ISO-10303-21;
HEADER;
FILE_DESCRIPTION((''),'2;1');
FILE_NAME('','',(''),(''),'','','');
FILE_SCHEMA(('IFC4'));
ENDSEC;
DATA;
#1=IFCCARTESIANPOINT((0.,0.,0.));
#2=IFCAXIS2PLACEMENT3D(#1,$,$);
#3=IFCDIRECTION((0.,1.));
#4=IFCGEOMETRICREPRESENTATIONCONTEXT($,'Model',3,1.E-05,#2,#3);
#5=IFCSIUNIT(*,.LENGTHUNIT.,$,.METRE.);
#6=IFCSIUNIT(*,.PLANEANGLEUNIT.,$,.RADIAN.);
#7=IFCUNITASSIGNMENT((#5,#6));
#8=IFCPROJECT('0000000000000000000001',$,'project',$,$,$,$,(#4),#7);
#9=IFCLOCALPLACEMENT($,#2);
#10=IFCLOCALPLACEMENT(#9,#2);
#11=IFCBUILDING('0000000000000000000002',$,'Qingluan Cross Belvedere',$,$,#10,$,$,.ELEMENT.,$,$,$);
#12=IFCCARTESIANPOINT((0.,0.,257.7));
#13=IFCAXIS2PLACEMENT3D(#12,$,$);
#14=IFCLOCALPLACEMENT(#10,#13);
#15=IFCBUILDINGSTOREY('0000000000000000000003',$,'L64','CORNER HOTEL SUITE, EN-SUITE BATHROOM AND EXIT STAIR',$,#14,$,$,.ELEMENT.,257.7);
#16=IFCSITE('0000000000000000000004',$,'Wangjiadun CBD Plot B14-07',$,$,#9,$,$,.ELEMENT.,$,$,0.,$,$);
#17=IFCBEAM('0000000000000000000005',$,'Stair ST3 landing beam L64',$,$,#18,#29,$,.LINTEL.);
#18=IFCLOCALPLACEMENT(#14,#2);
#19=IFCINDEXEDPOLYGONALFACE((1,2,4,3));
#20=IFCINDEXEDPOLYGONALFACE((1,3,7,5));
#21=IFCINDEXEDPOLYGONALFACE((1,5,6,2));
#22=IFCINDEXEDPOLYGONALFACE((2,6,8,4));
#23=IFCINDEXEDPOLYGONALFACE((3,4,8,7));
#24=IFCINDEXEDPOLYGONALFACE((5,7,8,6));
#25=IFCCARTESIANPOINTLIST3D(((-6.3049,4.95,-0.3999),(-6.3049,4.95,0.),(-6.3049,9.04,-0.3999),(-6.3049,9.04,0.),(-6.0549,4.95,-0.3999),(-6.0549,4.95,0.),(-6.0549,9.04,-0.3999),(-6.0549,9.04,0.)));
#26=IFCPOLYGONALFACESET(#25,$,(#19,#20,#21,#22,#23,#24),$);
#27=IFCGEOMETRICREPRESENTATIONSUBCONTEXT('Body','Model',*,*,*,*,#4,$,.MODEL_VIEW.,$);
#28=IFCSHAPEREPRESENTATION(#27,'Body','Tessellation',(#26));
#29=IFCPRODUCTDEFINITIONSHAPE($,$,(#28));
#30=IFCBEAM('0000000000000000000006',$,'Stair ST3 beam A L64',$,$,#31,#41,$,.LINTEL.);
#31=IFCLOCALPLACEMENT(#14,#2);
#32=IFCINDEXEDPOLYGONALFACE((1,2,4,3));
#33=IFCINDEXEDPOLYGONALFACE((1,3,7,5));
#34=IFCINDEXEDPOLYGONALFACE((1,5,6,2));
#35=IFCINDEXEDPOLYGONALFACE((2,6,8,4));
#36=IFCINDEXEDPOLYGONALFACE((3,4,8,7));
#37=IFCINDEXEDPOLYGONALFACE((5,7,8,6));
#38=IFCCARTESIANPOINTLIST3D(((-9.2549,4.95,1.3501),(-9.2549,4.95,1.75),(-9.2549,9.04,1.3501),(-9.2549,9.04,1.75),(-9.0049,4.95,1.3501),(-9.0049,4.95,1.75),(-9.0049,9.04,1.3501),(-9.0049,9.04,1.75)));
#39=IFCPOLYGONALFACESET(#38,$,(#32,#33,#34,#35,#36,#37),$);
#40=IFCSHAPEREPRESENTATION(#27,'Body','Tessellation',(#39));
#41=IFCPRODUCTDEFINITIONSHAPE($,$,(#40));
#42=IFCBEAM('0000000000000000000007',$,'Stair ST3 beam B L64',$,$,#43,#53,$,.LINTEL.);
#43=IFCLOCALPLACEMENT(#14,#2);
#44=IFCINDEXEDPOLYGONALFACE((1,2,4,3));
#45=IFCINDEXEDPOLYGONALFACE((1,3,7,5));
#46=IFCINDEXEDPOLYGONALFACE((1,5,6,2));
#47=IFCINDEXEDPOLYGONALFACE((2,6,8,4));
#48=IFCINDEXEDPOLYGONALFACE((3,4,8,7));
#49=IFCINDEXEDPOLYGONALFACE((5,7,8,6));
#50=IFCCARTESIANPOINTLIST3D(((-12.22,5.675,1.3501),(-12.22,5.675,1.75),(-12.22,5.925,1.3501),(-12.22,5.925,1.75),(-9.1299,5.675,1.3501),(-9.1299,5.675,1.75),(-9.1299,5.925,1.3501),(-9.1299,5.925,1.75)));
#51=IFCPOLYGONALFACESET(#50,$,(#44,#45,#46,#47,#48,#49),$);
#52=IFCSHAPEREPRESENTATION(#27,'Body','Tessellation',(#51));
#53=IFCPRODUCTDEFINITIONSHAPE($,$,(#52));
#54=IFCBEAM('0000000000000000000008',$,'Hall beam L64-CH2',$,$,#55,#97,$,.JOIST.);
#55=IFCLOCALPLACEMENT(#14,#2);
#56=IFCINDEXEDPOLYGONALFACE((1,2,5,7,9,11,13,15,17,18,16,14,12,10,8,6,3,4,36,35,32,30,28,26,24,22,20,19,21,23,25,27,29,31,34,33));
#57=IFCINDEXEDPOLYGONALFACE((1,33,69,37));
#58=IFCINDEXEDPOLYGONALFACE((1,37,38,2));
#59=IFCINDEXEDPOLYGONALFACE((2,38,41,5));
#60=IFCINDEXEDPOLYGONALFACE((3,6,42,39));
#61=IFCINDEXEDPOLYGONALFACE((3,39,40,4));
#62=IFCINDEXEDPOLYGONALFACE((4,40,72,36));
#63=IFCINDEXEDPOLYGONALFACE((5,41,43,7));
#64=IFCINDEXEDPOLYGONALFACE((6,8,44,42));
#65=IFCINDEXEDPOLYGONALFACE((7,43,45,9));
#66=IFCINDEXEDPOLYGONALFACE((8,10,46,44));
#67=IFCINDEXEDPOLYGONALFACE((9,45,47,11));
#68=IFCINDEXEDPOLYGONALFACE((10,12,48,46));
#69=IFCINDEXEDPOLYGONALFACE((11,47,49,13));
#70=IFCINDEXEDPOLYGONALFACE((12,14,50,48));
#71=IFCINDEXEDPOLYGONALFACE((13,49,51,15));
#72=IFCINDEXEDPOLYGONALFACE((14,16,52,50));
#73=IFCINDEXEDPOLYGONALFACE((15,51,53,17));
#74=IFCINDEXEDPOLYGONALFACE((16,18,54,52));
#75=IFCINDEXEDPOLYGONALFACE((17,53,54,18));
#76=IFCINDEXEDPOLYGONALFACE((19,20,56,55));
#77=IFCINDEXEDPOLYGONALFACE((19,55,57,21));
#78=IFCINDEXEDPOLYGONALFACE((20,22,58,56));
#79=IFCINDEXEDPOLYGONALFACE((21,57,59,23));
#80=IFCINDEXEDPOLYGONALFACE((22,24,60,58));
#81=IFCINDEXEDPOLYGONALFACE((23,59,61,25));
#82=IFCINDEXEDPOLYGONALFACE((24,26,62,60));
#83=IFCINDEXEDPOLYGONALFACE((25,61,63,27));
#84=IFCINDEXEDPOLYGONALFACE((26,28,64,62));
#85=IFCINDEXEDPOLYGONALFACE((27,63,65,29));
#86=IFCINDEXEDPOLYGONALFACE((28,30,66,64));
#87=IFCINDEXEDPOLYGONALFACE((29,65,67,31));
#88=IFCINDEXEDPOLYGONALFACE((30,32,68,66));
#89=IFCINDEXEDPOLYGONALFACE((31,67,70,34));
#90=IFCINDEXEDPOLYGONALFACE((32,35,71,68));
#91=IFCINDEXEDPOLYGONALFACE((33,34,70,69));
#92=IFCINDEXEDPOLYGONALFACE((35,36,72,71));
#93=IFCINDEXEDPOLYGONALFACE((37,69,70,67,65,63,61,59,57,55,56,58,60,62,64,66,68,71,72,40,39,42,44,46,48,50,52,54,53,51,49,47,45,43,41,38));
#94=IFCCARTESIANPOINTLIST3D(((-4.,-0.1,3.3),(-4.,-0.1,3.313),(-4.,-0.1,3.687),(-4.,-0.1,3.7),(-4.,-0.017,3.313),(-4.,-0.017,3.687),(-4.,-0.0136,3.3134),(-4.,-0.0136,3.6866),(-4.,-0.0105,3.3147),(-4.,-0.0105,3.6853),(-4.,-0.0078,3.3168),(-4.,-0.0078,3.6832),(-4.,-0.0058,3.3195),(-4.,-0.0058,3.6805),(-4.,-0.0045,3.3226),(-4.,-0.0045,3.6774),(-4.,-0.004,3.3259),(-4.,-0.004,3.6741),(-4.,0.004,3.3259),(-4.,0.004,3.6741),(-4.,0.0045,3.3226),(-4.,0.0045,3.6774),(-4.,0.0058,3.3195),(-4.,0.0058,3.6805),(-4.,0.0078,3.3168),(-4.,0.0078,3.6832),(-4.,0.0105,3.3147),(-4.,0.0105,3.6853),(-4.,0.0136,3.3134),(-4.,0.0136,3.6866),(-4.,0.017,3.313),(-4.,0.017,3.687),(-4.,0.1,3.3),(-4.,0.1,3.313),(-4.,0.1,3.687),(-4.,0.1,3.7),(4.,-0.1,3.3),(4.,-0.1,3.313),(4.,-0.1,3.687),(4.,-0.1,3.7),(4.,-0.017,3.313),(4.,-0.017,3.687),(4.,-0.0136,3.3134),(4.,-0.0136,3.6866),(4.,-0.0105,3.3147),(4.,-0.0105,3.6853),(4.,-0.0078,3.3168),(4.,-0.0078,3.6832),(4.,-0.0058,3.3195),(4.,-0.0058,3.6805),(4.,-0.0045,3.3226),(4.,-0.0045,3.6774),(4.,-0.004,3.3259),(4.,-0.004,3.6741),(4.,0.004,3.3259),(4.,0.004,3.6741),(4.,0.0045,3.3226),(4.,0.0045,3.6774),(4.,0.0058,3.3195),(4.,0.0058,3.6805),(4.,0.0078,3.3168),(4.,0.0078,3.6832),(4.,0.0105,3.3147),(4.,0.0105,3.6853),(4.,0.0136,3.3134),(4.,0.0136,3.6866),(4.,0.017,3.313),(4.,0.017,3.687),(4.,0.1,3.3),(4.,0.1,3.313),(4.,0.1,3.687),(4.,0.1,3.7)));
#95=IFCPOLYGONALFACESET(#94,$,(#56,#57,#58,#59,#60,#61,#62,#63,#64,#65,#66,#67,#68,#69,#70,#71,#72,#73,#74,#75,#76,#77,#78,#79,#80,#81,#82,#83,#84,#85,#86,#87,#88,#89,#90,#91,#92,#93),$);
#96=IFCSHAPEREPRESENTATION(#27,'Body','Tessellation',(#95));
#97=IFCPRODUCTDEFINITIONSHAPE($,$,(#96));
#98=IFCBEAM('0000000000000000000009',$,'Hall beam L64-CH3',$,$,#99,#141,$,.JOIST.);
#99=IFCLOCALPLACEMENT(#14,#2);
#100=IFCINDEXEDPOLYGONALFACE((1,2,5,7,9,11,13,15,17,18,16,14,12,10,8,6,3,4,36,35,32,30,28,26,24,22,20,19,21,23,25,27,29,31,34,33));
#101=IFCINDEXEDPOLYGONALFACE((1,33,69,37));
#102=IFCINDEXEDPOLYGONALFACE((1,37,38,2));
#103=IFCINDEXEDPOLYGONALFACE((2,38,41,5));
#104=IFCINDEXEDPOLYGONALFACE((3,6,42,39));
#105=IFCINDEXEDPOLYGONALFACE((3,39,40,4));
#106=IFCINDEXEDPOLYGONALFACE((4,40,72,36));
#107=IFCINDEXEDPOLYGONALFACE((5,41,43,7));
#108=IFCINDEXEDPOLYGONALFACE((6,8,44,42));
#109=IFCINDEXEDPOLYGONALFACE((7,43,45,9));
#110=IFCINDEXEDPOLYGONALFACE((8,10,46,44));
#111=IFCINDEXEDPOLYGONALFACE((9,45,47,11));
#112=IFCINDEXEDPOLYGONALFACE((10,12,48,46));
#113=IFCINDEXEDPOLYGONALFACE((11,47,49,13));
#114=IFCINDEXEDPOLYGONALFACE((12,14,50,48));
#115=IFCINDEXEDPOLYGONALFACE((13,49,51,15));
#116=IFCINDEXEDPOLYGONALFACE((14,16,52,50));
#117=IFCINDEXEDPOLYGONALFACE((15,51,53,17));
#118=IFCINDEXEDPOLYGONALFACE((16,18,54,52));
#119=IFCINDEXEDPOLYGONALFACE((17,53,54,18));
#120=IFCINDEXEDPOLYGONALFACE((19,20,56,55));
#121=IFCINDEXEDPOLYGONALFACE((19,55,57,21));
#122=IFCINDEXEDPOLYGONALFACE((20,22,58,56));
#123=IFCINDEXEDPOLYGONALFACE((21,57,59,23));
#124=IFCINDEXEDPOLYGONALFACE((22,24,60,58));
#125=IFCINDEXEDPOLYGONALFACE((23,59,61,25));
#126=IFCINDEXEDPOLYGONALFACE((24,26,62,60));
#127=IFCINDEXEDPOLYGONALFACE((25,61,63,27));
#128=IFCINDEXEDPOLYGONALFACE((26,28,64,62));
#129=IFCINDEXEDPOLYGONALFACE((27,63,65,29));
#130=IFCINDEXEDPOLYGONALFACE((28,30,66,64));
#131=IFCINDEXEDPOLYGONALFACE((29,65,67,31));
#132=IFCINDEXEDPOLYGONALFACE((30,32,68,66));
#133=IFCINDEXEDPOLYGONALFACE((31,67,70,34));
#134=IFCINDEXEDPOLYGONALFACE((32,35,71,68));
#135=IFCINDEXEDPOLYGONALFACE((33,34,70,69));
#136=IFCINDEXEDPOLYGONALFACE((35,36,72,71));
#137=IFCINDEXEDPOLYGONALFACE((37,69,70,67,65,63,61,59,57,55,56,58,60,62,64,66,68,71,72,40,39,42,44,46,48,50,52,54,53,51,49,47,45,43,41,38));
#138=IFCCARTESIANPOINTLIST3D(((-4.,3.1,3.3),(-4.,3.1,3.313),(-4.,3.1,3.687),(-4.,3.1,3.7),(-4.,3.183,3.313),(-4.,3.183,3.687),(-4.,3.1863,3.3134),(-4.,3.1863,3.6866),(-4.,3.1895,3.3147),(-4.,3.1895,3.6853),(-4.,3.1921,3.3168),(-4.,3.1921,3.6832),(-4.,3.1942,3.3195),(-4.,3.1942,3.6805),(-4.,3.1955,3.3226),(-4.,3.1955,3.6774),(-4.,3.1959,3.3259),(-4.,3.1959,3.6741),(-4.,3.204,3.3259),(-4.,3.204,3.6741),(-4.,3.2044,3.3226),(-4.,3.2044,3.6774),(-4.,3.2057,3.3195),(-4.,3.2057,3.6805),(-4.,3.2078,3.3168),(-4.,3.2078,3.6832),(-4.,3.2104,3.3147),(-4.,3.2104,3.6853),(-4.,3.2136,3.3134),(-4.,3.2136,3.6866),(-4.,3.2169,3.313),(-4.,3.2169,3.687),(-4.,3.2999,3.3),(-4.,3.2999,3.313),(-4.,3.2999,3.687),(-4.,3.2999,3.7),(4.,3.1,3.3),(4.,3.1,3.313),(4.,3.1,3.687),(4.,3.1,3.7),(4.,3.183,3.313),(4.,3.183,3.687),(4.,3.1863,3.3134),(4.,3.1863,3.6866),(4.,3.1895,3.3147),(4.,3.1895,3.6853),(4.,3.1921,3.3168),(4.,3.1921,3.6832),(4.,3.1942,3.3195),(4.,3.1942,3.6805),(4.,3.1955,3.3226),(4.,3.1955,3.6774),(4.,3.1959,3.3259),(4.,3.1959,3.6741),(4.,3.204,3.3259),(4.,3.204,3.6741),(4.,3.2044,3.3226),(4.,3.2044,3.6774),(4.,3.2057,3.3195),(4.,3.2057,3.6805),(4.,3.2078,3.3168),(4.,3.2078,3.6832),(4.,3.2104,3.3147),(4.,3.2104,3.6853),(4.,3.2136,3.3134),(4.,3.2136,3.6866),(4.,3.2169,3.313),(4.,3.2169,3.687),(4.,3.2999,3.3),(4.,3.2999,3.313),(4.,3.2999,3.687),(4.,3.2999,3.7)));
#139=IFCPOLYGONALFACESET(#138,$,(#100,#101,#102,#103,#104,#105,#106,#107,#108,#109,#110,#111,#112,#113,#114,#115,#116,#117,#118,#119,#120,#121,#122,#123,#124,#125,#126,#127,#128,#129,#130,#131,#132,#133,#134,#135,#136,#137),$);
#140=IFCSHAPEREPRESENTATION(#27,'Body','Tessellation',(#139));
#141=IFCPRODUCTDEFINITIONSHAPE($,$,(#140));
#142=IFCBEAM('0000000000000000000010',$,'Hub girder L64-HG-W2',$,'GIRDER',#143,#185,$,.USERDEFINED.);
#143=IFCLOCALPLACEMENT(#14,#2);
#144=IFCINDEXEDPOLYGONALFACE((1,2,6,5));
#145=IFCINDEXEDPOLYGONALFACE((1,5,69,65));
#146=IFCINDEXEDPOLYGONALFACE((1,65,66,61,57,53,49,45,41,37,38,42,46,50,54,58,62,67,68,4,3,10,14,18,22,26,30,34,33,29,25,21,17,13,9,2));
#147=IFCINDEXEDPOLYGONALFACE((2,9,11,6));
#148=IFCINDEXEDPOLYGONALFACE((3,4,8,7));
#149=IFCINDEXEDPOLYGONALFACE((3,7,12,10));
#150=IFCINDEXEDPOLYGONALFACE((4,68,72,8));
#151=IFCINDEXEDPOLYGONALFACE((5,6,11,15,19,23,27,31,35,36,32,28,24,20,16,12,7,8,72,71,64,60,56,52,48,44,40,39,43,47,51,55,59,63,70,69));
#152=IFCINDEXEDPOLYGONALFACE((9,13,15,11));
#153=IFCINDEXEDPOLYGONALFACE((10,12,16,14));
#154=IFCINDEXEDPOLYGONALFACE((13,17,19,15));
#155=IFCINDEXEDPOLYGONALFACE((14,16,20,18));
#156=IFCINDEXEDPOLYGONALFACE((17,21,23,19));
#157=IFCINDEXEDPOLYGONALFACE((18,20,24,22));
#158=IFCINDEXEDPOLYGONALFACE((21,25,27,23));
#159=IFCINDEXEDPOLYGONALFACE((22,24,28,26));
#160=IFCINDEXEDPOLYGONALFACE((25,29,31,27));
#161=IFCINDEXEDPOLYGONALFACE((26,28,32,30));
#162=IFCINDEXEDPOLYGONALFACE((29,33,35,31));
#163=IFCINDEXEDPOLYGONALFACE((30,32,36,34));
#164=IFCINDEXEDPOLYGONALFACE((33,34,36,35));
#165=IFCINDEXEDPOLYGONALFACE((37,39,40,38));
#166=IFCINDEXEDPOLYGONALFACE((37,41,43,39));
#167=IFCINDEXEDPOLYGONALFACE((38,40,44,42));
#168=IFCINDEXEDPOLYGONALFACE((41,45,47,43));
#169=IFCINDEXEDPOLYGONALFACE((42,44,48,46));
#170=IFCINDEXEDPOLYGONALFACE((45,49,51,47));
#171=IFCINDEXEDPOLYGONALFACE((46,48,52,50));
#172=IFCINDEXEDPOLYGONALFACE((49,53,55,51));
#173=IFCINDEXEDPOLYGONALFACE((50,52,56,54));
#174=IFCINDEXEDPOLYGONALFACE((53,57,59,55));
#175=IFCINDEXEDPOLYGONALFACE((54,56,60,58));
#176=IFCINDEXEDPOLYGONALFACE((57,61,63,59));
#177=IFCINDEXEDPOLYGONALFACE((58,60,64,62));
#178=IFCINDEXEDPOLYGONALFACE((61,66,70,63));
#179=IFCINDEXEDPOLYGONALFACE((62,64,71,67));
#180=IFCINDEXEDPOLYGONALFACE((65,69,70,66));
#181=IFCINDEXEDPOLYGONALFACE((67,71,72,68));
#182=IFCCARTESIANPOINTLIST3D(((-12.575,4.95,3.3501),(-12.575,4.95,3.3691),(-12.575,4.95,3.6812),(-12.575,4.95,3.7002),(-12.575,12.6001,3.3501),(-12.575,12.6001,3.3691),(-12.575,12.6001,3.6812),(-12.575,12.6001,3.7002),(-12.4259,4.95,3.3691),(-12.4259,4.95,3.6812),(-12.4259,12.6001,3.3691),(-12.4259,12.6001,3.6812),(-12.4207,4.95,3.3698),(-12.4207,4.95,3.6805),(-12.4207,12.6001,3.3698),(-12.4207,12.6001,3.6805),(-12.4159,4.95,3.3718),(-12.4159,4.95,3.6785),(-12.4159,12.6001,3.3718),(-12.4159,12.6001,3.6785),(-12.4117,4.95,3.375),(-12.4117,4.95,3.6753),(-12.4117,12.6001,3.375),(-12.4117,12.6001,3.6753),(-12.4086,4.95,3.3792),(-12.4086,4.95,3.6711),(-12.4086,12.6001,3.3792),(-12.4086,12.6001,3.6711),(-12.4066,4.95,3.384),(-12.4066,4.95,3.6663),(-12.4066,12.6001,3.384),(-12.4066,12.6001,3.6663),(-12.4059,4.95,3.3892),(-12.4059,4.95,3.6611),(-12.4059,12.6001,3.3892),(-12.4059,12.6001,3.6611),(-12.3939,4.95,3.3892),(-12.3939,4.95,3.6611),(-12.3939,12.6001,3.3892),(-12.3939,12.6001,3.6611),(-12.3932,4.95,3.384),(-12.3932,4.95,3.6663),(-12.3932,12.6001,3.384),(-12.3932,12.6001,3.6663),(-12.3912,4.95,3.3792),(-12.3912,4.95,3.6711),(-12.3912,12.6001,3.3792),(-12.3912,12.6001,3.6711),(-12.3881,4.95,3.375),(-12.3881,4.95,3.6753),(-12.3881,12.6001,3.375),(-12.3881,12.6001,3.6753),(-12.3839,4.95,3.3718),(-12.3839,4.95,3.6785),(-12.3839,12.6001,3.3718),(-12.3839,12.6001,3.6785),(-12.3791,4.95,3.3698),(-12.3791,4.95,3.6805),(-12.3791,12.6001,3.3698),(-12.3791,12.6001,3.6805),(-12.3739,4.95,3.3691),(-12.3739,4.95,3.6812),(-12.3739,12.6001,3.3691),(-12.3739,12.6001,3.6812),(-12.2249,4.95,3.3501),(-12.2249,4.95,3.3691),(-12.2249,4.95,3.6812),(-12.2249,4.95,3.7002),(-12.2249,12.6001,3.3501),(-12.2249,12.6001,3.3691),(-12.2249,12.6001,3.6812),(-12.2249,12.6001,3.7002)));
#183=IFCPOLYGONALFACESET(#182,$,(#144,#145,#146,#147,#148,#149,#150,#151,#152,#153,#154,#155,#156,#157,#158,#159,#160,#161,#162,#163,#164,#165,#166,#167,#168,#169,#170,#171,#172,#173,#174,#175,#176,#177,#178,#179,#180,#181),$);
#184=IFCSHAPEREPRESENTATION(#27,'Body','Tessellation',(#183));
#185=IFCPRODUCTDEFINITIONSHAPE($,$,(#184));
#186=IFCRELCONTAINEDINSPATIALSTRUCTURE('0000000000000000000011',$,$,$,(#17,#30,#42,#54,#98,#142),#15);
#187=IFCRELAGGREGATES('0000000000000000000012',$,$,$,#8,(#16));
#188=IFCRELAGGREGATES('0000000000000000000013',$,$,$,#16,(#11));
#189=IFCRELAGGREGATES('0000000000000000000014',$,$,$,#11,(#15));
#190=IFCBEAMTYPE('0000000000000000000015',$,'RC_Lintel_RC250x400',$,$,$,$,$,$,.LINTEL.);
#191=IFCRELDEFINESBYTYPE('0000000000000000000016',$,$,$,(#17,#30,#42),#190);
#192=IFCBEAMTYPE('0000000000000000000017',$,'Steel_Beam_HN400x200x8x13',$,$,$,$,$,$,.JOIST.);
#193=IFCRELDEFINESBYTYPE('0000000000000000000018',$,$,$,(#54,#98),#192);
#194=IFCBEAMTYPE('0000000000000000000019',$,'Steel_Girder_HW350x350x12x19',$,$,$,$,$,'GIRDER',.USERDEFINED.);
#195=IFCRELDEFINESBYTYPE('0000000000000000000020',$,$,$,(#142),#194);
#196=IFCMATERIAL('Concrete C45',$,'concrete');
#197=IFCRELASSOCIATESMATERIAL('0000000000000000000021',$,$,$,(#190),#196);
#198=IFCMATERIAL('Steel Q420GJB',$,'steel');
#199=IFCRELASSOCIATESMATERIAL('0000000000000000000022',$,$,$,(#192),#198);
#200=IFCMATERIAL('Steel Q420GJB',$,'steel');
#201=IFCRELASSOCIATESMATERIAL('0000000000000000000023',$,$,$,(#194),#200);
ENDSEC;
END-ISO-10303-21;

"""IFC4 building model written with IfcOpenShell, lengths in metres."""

from ifc_helpers import new_model, si_unit, direction, frame, origin, origin_2d, place, context, subcontext, project, spatial, rectangle, i_section, extrude, material, material_profile, profile_set, type_object, element, save


model = new_model("IFC4")

# Units and contexts
model_context = context("Model", 3, precision=1e-05, world=origin(), true_north=direction((0.0, 1.0)))
body_context = subcontext(model_context, "Body", "Model", "MODEL_VIEW")
ifc_project = project(units=[si_unit("LENGTHUNIT", "METRE"), si_unit("PLANEANGLEUNIT", "RADIAN")], contexts=[model_context])

# Site, building, storey
site_placement = place(None, origin())
site = spatial("IfcSite", under=ifc_project, at=site_placement, Name="Wangjiadun CBD Plot B14-07", CompositionType="ELEMENT", RefElevation=0.0)
building_placement = place(site_placement, origin())
building = spatial("IfcBuilding", under=site, at=building_placement, Name="Qingluan Cross Belvedere", CompositionType="ELEMENT")
storey_placement = place(building_placement, frame((0.0, 0.0, 257.7)))
storey = spatial("IfcBuildingStorey", under=building, at=storey_placement, Name="L64", Description="CORNER HOTEL SUITE, EN-SUITE BATHROOM AND EXIT STAIR", CompositionType="ELEMENT", Elevation=257.7)

# Beams
ifc_material_1 = material(Name="Concrete C45", Category="concrete")
ifc_material_profile_1 = material_profile(ifc_material_1, rectangle(XDim=0.25, YDim=0.3999, at=origin_2d()), Name="RC250x400")
ifc_profile_set_1 = profile_set([ifc_material_profile_1], Name="Concrete C45")
beam_type_1 = type_object("IfcBeamType", Name="RC_Lintel_RC250x400", PredefinedType="LINTEL", material=ifc_profile_set_1)
for number, where, z_axis, x_axis, name in (
    (1, (-6.1799, 4.95, -0.2), (0.0, 1.0, 0.0), (-1.0, 0.0, 0.0), "Stair ST3 landing beam L64"),
    (2, (-9.1299, 4.95, 1.55), (0.0, 1.0, 0.0), (-1.0, 0.0, 0.0), "Stair ST3 beam A L64"),
):
    element("IfcBeam", number, at=place(storey_placement, frame(where, z_axis=z_axis, x_axis=x_axis)), inside=storey, type_object=beam_type_1, Name=name, PredefinedType="LINTEL", context=body_context, shape_type="SweptSolid", body=[
        extrude(rectangle(XDim=0.25, YDim=0.3999, at=origin_2d()), origin(), (0.0, 0.0, 1.0), 4.0901),
    ])
beam_1_placement = place(storey_placement, frame((-12.22, 5.8, 1.55), z_axis=(1.0, 0.0, 0.0), x_axis=(0.0, 1.0, 0.0)))
element("IfcBeam", 3, at=beam_1_placement, inside=storey, type_object=beam_type_1, Name="Stair ST3 beam B L64", PredefinedType="LINTEL", context=body_context, shape_type="SweptSolid", body=[
    extrude(rectangle(XDim=0.25, YDim=0.3999, at=origin_2d()), origin(), (0.0, 0.0, 1.0), 3.0901),
])
ifc_material_2 = material(Name="Steel Q420GJB", Category="steel")
ifc_material_profile_2 = material_profile(ifc_material_2, i_section(OverallWidth=0.2, OverallDepth=0.3999, WebThickness=0.0081, FlangeThickness=0.0129, FilletRadius=0.0129, at=origin_2d()), Name="HN400x200x8x13")
ifc_profile_set_2 = profile_set([ifc_material_profile_2], Name="Steel Q420GJB")
beam_type_2 = type_object("IfcBeamType", Name="Steel_Beam_HN400x200x8x13", PredefinedType="JOIST", material=ifc_profile_set_2)
for number, where, z_axis, x_axis, name in (
    (4, (-4.0, 0.0, 3.5), (1.0, 0.0, 0.0), (0.0, 1.0, 0.0), "Hall beam L64-CH2"),
    (5, (-4.0, 3.2, 3.5), (1.0, 0.0, 0.0), (0.0, 1.0, 0.0), "Hall beam L64-CH3"),
):
    element("IfcBeam", number, at=place(storey_placement, frame(where, z_axis=z_axis, x_axis=x_axis)), inside=storey, type_object=beam_type_2, Name=name, PredefinedType="JOIST", context=body_context, shape_type="SweptSolid", body=[
        extrude(i_section(OverallWidth=0.2, OverallDepth=0.3999, WebThickness=0.0081, FlangeThickness=0.0129, FilletRadius=0.0129, at=origin_2d()), origin(), (0.0, 0.0, 1.0), 8.0),
    ])
ifc_material_3 = material(Name="Steel Q420GJB", Category="steel")
ifc_material_profile_3 = material_profile(ifc_material_3, i_section(OverallWidth=0.3501, OverallDepth=0.3501, WebThickness=0.012, FlangeThickness=0.019, FilletRadius=0.02, at=origin_2d()), Name="HW350x350x12x19")
ifc_profile_set_3 = profile_set([ifc_material_profile_3], Name="Steel Q420GJB")
beam_type_3 = type_object("IfcBeamType", Name="Steel_Girder_HW350x350x12x19", ElementType="GIRDER", PredefinedType="USERDEFINED", material=ifc_profile_set_3)
beam_2_placement = place(storey_placement, frame((-12.3999, 4.95, 3.5251), z_axis=(0.0, 1.0, 0.0), x_axis=(-1.0, 0.0, 0.0)))
element("IfcBeam", 6, at=beam_2_placement, inside=storey, type_object=beam_type_3, Name="Hub girder L64-HG-W2", ObjectType="GIRDER", PredefinedType="USERDEFINED", context=body_context, shape_type="SweptSolid", body=[
    extrude(i_section(OverallWidth=0.3501, OverallDepth=0.3501, WebThickness=0.012, FlangeThickness=0.019, FilletRadius=0.02, at=origin_2d()), origin(), (0.0, 0.0, 1.0), 7.6501),
])

save(model, "model.ifc")
